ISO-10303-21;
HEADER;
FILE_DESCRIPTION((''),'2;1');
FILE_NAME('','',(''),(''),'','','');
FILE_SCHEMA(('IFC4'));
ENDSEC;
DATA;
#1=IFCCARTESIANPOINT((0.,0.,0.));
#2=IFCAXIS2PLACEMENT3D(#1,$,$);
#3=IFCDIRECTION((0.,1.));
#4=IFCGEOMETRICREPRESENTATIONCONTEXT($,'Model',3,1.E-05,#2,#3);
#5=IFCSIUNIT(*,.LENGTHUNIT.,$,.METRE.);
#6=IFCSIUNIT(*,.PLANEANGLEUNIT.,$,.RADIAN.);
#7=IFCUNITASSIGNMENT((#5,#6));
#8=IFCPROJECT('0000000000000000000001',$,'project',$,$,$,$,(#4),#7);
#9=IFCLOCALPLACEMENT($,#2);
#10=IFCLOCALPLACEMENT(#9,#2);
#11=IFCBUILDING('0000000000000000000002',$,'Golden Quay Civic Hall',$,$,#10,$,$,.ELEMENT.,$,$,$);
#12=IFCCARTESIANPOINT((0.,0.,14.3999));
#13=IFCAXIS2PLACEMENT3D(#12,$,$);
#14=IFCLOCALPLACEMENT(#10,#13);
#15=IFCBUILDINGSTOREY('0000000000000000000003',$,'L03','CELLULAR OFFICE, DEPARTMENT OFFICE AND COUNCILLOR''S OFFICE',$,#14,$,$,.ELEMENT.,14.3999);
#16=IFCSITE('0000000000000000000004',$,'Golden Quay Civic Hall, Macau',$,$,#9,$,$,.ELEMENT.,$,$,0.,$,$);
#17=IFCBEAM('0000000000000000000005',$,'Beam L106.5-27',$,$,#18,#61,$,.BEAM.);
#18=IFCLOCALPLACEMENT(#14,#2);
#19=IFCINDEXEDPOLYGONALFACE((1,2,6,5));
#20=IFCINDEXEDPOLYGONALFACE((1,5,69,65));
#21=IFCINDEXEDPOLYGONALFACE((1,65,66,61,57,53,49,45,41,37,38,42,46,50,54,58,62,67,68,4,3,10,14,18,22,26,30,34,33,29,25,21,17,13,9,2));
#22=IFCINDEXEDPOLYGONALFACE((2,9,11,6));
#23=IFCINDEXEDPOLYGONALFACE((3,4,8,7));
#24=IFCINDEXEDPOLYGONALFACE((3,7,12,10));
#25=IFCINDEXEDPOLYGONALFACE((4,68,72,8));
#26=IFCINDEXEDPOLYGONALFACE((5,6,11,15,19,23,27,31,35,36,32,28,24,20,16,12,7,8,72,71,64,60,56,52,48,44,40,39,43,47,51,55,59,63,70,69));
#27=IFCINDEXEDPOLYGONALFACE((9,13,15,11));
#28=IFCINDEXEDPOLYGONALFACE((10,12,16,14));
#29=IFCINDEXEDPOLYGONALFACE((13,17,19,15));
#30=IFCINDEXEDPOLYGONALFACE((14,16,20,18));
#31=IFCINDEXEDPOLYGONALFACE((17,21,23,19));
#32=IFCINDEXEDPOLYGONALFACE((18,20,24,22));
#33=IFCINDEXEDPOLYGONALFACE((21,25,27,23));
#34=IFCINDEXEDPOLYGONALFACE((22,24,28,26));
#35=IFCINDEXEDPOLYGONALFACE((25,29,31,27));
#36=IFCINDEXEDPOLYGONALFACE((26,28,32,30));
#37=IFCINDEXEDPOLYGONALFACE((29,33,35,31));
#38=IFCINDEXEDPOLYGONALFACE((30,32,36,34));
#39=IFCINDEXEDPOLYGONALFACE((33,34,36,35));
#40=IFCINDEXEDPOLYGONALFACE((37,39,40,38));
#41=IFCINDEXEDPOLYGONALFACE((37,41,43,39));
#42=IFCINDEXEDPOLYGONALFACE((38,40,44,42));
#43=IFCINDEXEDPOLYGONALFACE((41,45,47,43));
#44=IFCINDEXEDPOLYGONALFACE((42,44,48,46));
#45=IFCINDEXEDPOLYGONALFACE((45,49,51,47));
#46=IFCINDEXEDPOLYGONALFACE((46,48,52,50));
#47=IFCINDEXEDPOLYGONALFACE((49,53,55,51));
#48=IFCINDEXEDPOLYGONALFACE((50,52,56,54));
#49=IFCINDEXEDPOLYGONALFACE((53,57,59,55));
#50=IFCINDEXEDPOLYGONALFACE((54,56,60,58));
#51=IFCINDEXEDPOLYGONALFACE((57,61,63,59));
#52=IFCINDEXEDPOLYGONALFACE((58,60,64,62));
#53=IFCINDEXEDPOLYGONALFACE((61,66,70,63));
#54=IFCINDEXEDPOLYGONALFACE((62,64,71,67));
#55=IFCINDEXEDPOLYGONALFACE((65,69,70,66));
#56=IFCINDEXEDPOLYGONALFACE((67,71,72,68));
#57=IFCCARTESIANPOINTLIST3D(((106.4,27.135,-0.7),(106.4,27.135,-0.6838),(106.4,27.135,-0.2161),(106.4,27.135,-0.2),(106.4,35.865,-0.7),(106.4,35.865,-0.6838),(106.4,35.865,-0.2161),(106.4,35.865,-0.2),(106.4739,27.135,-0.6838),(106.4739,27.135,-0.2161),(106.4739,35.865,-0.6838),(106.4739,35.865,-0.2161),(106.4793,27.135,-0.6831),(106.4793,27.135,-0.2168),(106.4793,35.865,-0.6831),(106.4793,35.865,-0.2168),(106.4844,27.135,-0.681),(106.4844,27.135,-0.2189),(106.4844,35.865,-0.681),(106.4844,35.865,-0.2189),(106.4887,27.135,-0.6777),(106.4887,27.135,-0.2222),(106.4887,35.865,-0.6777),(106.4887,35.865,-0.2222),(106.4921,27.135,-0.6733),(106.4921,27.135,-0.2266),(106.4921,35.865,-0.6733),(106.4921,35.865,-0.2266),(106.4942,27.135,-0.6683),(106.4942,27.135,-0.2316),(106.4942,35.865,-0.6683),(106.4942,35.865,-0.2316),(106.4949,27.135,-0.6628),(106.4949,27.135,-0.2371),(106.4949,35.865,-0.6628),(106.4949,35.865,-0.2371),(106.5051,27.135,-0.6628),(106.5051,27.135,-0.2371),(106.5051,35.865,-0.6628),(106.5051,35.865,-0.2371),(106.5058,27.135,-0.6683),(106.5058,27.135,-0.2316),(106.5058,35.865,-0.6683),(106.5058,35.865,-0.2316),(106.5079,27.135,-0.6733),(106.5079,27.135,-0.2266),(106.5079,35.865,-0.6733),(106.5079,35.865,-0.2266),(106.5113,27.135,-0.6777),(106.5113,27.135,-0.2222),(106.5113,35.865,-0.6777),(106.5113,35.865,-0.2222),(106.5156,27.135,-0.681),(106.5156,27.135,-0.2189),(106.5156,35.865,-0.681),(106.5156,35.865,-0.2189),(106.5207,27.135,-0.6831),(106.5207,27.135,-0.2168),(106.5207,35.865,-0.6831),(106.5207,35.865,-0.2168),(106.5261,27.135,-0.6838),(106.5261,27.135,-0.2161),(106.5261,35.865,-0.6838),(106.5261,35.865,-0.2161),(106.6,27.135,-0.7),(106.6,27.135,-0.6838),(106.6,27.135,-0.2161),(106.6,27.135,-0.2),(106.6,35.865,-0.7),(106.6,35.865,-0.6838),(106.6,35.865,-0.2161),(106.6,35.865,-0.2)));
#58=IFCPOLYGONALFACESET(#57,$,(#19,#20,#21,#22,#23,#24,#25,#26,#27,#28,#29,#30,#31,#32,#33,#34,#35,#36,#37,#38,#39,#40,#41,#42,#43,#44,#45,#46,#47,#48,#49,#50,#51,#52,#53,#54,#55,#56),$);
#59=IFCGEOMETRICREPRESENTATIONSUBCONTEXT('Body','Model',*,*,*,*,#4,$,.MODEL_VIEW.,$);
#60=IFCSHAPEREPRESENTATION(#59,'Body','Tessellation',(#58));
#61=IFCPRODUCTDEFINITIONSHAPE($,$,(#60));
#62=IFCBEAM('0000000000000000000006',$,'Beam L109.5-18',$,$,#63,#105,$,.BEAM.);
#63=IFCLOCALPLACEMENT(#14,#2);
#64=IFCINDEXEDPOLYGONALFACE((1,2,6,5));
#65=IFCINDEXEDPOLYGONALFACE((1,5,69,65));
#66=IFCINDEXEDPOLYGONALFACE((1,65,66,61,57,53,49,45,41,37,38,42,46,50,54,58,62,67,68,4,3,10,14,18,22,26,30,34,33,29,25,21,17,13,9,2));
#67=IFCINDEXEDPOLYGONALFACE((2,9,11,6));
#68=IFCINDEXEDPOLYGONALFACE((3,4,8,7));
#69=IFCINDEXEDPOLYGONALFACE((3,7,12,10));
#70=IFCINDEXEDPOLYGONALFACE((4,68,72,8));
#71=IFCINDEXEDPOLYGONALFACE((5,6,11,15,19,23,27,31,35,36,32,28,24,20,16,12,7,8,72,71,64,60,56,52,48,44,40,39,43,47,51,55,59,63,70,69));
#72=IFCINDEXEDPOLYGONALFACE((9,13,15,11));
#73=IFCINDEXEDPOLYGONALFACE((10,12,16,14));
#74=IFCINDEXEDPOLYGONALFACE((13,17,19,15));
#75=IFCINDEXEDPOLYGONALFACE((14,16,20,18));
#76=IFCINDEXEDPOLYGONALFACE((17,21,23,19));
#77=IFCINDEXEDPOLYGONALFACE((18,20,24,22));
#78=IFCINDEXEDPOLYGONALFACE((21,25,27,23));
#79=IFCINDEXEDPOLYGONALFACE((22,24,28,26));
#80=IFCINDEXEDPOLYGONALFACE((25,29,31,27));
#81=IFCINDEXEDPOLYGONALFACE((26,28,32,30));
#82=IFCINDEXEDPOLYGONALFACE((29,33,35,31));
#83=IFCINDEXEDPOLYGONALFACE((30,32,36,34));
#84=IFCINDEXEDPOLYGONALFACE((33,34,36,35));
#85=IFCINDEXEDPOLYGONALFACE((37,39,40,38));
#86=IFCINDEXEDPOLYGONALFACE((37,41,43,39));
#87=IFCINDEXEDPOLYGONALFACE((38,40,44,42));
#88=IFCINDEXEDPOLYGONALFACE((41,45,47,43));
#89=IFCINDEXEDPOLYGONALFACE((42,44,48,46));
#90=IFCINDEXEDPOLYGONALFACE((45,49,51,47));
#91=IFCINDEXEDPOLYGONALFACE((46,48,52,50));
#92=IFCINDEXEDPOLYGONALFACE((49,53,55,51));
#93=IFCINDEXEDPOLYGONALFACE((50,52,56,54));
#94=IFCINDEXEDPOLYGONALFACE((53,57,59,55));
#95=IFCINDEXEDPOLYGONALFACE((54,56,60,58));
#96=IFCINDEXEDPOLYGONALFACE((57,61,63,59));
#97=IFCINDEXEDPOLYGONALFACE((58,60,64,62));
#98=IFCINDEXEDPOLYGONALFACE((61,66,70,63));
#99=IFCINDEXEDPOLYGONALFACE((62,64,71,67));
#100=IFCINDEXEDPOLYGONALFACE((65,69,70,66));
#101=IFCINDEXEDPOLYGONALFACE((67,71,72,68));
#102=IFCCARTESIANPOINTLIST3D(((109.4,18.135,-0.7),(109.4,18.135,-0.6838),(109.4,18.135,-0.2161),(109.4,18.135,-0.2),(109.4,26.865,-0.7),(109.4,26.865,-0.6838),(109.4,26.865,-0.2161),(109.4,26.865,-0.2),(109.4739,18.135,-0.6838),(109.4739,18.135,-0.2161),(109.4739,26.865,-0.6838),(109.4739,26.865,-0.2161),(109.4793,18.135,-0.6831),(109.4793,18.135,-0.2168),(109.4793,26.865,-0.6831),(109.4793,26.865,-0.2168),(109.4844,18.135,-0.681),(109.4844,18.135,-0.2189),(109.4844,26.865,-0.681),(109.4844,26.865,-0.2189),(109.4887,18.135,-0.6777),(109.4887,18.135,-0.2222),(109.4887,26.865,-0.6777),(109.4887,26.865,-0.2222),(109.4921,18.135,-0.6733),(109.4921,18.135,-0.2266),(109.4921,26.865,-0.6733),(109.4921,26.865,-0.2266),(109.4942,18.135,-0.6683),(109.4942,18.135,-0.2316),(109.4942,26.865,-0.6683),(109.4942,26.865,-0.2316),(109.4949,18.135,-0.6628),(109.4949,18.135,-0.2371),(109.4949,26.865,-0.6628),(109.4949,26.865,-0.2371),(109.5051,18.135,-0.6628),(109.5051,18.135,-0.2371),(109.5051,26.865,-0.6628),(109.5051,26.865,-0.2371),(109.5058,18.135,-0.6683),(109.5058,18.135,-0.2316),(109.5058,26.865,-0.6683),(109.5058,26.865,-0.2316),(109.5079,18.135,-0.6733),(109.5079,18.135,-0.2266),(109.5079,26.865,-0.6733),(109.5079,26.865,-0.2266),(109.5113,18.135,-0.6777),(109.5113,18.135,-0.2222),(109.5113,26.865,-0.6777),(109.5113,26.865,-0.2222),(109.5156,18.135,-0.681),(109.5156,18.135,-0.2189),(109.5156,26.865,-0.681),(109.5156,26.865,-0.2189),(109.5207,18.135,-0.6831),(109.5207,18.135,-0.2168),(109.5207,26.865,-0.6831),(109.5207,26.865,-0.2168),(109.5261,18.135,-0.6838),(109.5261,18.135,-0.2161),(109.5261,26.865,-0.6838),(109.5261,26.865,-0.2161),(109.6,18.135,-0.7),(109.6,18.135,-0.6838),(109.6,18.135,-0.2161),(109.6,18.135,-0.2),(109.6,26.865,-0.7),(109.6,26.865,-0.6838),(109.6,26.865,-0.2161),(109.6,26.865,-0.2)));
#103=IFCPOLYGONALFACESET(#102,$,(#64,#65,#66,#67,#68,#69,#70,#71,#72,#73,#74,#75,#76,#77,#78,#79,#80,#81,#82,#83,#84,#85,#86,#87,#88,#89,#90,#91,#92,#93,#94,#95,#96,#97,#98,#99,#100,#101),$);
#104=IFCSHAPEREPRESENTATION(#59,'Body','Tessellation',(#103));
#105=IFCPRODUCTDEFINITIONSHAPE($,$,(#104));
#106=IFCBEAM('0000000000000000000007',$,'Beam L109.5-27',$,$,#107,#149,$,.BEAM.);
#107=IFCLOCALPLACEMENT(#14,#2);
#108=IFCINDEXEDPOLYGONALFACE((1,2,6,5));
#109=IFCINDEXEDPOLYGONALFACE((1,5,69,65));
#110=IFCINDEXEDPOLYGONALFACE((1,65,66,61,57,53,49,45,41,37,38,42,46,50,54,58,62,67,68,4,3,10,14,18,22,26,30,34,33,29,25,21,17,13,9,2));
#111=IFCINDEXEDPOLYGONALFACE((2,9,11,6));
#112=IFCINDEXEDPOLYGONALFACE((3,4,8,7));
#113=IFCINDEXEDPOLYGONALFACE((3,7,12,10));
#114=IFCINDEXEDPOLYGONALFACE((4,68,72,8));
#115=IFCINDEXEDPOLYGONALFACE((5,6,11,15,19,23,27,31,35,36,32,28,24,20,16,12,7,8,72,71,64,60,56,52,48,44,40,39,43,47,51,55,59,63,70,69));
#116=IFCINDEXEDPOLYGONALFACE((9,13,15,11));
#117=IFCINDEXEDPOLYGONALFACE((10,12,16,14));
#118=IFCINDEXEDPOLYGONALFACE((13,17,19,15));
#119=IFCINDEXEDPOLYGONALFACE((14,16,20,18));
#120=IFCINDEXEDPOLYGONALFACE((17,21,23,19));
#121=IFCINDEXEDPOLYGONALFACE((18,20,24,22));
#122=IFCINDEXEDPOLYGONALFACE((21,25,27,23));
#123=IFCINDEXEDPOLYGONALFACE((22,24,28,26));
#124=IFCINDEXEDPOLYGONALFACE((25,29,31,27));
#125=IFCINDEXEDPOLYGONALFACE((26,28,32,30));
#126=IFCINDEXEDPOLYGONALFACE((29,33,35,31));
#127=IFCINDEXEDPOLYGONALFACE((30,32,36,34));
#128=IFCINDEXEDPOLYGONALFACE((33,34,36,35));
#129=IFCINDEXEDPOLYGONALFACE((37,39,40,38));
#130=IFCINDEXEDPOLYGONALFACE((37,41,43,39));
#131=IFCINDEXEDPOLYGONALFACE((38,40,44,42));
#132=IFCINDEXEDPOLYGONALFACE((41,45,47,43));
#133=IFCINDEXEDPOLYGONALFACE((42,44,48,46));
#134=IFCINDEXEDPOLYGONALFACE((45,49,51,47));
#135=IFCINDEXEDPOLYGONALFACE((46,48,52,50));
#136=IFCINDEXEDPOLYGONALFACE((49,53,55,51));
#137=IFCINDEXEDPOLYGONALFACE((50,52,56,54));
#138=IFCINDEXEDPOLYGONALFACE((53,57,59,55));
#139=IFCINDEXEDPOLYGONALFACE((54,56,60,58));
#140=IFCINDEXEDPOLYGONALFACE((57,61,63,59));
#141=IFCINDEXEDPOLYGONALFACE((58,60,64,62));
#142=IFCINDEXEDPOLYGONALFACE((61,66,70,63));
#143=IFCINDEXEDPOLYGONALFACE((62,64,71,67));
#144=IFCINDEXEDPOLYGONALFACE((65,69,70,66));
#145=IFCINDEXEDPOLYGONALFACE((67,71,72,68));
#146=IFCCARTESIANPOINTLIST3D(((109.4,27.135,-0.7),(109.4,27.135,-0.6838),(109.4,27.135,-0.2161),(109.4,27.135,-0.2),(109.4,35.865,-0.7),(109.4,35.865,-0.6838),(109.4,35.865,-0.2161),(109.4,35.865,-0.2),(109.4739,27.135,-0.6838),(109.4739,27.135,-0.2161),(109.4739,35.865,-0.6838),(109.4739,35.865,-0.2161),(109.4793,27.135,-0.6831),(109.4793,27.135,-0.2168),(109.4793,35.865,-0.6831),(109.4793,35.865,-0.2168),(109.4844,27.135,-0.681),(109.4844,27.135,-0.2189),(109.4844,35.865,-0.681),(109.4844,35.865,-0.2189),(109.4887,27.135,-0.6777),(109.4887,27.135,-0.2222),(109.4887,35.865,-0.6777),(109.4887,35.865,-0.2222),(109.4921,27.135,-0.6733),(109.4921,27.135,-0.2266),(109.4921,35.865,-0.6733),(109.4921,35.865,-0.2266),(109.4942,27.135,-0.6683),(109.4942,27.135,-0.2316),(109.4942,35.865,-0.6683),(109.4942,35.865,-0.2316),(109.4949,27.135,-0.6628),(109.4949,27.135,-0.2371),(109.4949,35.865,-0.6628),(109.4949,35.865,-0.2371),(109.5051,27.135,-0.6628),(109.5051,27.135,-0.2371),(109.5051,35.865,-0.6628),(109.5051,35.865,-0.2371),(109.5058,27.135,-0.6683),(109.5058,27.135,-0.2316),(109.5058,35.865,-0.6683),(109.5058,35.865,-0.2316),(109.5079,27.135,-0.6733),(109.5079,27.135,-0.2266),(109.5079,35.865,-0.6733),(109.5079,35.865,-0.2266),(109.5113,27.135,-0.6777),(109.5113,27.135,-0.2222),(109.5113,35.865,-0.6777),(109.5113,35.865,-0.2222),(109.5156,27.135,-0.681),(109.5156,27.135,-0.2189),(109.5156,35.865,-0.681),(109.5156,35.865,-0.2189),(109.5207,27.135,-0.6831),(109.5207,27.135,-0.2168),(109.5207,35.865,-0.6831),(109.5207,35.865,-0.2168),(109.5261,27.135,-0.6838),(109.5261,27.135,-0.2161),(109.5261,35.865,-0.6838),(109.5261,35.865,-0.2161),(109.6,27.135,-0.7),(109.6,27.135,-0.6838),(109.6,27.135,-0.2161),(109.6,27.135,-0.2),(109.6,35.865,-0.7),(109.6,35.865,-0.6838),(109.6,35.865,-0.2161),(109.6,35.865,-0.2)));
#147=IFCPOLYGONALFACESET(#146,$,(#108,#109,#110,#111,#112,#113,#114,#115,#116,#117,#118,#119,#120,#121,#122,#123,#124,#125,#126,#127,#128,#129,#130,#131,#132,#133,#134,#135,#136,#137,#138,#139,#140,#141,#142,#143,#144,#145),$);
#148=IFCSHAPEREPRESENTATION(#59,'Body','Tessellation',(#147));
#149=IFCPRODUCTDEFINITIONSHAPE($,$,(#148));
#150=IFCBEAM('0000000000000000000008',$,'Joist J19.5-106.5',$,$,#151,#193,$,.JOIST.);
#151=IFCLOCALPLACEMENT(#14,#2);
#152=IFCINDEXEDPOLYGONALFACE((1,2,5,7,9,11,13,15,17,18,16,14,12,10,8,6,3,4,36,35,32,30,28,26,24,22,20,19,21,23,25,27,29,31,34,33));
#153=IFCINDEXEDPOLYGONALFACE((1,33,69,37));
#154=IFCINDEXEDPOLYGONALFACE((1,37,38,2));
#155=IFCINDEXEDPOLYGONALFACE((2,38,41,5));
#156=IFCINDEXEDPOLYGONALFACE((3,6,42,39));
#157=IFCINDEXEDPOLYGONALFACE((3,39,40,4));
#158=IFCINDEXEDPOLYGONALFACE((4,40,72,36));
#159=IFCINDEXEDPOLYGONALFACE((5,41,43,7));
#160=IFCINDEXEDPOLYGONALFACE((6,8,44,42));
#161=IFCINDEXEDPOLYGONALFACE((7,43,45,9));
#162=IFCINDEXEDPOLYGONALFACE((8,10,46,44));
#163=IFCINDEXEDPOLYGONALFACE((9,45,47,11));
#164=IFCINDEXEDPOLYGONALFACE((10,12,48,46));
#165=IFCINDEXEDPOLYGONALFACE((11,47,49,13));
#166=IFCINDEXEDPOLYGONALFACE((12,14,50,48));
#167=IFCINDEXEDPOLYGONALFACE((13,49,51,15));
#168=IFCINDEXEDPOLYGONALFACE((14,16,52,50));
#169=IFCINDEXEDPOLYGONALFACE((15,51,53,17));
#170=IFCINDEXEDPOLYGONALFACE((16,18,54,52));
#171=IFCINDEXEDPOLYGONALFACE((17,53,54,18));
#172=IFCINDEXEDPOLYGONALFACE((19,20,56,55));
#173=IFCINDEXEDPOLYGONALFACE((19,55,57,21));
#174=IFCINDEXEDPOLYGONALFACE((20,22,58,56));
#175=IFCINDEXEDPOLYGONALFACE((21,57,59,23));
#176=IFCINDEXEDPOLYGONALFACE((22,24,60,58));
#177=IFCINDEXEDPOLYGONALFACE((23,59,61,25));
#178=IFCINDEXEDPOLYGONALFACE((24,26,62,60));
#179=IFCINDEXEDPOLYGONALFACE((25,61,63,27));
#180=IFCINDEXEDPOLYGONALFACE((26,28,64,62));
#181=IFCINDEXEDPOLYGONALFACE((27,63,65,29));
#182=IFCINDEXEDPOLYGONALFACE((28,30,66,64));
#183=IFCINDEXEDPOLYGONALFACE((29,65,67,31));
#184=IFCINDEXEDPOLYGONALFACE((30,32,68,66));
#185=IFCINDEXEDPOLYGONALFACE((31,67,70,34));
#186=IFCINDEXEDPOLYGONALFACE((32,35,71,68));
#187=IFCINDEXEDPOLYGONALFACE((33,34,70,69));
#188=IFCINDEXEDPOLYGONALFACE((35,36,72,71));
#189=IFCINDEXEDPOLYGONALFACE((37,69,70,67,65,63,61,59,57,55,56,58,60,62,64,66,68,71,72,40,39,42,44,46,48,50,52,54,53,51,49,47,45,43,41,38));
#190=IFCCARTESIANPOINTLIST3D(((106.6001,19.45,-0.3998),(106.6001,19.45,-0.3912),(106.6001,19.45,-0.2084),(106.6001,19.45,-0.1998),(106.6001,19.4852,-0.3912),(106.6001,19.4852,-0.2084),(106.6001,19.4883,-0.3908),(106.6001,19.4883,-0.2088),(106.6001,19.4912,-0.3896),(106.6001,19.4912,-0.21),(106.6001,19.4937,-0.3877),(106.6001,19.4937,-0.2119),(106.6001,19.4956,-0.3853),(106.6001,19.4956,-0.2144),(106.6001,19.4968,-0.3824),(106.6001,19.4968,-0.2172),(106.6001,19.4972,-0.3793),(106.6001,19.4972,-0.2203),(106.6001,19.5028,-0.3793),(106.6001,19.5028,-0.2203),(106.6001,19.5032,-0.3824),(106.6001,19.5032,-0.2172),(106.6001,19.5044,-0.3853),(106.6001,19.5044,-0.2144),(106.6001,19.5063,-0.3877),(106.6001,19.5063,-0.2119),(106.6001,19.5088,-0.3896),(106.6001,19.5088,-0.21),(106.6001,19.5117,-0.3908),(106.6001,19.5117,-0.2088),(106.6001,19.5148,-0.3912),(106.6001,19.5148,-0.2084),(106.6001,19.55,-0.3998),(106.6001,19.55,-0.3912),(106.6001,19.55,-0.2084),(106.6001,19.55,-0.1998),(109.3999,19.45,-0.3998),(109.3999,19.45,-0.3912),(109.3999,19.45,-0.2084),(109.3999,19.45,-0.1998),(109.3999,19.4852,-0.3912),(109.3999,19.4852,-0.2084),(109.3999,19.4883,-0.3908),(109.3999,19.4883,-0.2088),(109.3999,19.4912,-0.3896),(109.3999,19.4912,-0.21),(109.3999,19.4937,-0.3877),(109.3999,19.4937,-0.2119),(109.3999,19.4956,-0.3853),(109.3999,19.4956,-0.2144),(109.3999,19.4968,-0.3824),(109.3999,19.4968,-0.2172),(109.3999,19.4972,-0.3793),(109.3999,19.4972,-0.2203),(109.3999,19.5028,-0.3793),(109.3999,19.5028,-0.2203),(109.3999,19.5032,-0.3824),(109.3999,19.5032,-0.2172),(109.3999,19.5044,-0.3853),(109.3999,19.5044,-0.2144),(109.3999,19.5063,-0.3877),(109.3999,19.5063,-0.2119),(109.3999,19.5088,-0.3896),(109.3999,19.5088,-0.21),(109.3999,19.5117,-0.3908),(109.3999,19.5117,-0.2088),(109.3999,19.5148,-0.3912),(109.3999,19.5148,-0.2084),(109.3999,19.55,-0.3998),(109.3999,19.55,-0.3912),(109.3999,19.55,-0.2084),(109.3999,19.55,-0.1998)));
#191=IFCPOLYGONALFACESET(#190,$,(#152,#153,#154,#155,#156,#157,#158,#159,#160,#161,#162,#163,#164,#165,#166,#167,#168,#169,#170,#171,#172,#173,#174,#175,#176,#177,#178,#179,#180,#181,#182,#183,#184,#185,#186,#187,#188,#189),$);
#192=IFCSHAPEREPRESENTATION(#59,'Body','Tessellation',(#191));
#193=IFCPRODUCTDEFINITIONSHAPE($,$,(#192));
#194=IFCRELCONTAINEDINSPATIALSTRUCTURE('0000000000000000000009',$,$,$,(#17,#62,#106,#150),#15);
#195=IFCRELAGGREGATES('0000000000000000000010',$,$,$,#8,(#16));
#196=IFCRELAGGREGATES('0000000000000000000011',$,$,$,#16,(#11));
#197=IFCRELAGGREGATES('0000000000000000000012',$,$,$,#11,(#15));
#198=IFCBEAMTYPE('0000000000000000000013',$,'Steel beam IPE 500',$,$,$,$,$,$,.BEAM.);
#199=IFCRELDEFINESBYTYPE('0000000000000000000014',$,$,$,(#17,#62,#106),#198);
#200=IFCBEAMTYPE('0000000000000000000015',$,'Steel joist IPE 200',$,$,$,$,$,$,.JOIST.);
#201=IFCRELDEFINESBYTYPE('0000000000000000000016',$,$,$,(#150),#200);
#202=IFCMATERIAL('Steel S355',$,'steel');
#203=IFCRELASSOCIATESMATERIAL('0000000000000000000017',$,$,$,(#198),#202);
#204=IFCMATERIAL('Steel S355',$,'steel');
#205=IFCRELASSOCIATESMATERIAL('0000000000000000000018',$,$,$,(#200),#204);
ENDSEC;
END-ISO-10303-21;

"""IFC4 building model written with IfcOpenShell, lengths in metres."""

from ifc_helpers import new_model, si_unit, direction, frame, origin, origin_2d, place, context, subcontext, project, spatial, i_section, extrude, material, material_profile, profile_set, type_object, element, save


model = new_model("IFC4")

# Units and contexts
model_context = context("Model", 3, precision=1e-05, world=origin(), true_north=direction((0.0, 1.0)))
body_context = subcontext(model_context, "Body", "Model", "MODEL_VIEW")
ifc_project = project(units=[si_unit("LENGTHUNIT", "METRE"), si_unit("PLANEANGLEUNIT", "RADIAN")], contexts=[model_context])

# Site, building, storey
site_placement = place(None, origin())
site = spatial("IfcSite", under=ifc_project, at=site_placement, Name="Golden Quay Civic Hall, Macau", CompositionType="ELEMENT", RefElevation=0.0)
building_placement = place(site_placement, origin())
building = spatial("IfcBuilding", under=site, at=building_placement, Name="Golden Quay Civic Hall", CompositionType="ELEMENT")
storey_placement = place(building_placement, frame((0.0, 0.0, 14.3999)))
storey = spatial("IfcBuildingStorey", under=building, at=storey_placement, Name="L03", Description="CELLULAR OFFICE, DEPARTMENT OFFICE AND COUNCILLOR'S OFFICE", CompositionType="ELEMENT", Elevation=14.3999)

# Beams
ifc_material_1 = material(Name="Steel S355", Category="steel")
ifc_material_profile_1 = material_profile(ifc_material_1, i_section(OverallWidth=0.2, OverallDepth=0.5, WebThickness=0.0103, FlangeThickness=0.0161, FilletRadius=0.021, at=origin_2d()), Name="IPE 500")
ifc_profile_set_1 = profile_set([ifc_material_profile_1], Name="Steel S355")
beam_type_1 = type_object("IfcBeamType", Name="Steel beam IPE 500", PredefinedType="BEAM", material=ifc_profile_set_1)
for number, where, z_axis, x_axis, name in (
    (1, (106.5, 27.135, -0.45), (0.0, 1.0, 0.0), (-1.0, 0.0, 0.0), "Beam L106.5-27"),
    (2, (109.5, 18.135, -0.45), (0.0, 1.0, 0.0), (-1.0, 0.0, 0.0), "Beam L109.5-18"),
    (3, (109.5, 27.135, -0.45), (0.0, 1.0, 0.0), (-1.0, 0.0, 0.0), "Beam L109.5-27"),
):
    element("IfcBeam", number, at=place(storey_placement, frame(where, z_axis=z_axis, x_axis=x_axis)), inside=storey, type_object=beam_type_1, Name=name, PredefinedType="BEAM", context=body_context, shape_type="SweptSolid", body=[
        extrude(i_section(OverallWidth=0.2, OverallDepth=0.5, WebThickness=0.0103, FlangeThickness=0.0161, FilletRadius=0.021, at=origin_2d()), origin(), (0.0, 0.0, 1.0), 8.73),
    ])
ifc_material_2 = material(Name="Steel S355", Category="steel")
ifc_material_profile_2 = material_profile(ifc_material_2, i_section(OverallWidth=0.1001, OverallDepth=0.2, WebThickness=0.0056, FlangeThickness=0.0085, FilletRadius=0.012, at=origin_2d()), Name="IPE 200")
ifc_profile_set_2 = profile_set([ifc_material_profile_2], Name="Steel S355")
beam_type_2 = type_object("IfcBeamType", Name="Steel joist IPE 200", PredefinedType="JOIST", material=ifc_profile_set_2)
for number, where, z_axis, x_axis, name in (
    (4, (106.6001, 19.5, -0.2998), (1.0, 0.0, 0.0), (0.0, 1.0, 0.0), "Joist J19.5-106.5"),
):
    element("IfcBeam", number, at=place(storey_placement, frame(where, z_axis=z_axis, x_axis=x_axis)), inside=storey, type_object=beam_type_2, Name=name, PredefinedType="JOIST", context=body_context, shape_type="SweptSolid", body=[
        extrude(i_section(OverallWidth=0.1001, OverallDepth=0.2, WebThickness=0.0056, FlangeThickness=0.0085, FilletRadius=0.012, at=origin_2d()), origin(), (0.0, 0.0, 1.0), 2.7998),
    ])

save(model, "model.ifc")
